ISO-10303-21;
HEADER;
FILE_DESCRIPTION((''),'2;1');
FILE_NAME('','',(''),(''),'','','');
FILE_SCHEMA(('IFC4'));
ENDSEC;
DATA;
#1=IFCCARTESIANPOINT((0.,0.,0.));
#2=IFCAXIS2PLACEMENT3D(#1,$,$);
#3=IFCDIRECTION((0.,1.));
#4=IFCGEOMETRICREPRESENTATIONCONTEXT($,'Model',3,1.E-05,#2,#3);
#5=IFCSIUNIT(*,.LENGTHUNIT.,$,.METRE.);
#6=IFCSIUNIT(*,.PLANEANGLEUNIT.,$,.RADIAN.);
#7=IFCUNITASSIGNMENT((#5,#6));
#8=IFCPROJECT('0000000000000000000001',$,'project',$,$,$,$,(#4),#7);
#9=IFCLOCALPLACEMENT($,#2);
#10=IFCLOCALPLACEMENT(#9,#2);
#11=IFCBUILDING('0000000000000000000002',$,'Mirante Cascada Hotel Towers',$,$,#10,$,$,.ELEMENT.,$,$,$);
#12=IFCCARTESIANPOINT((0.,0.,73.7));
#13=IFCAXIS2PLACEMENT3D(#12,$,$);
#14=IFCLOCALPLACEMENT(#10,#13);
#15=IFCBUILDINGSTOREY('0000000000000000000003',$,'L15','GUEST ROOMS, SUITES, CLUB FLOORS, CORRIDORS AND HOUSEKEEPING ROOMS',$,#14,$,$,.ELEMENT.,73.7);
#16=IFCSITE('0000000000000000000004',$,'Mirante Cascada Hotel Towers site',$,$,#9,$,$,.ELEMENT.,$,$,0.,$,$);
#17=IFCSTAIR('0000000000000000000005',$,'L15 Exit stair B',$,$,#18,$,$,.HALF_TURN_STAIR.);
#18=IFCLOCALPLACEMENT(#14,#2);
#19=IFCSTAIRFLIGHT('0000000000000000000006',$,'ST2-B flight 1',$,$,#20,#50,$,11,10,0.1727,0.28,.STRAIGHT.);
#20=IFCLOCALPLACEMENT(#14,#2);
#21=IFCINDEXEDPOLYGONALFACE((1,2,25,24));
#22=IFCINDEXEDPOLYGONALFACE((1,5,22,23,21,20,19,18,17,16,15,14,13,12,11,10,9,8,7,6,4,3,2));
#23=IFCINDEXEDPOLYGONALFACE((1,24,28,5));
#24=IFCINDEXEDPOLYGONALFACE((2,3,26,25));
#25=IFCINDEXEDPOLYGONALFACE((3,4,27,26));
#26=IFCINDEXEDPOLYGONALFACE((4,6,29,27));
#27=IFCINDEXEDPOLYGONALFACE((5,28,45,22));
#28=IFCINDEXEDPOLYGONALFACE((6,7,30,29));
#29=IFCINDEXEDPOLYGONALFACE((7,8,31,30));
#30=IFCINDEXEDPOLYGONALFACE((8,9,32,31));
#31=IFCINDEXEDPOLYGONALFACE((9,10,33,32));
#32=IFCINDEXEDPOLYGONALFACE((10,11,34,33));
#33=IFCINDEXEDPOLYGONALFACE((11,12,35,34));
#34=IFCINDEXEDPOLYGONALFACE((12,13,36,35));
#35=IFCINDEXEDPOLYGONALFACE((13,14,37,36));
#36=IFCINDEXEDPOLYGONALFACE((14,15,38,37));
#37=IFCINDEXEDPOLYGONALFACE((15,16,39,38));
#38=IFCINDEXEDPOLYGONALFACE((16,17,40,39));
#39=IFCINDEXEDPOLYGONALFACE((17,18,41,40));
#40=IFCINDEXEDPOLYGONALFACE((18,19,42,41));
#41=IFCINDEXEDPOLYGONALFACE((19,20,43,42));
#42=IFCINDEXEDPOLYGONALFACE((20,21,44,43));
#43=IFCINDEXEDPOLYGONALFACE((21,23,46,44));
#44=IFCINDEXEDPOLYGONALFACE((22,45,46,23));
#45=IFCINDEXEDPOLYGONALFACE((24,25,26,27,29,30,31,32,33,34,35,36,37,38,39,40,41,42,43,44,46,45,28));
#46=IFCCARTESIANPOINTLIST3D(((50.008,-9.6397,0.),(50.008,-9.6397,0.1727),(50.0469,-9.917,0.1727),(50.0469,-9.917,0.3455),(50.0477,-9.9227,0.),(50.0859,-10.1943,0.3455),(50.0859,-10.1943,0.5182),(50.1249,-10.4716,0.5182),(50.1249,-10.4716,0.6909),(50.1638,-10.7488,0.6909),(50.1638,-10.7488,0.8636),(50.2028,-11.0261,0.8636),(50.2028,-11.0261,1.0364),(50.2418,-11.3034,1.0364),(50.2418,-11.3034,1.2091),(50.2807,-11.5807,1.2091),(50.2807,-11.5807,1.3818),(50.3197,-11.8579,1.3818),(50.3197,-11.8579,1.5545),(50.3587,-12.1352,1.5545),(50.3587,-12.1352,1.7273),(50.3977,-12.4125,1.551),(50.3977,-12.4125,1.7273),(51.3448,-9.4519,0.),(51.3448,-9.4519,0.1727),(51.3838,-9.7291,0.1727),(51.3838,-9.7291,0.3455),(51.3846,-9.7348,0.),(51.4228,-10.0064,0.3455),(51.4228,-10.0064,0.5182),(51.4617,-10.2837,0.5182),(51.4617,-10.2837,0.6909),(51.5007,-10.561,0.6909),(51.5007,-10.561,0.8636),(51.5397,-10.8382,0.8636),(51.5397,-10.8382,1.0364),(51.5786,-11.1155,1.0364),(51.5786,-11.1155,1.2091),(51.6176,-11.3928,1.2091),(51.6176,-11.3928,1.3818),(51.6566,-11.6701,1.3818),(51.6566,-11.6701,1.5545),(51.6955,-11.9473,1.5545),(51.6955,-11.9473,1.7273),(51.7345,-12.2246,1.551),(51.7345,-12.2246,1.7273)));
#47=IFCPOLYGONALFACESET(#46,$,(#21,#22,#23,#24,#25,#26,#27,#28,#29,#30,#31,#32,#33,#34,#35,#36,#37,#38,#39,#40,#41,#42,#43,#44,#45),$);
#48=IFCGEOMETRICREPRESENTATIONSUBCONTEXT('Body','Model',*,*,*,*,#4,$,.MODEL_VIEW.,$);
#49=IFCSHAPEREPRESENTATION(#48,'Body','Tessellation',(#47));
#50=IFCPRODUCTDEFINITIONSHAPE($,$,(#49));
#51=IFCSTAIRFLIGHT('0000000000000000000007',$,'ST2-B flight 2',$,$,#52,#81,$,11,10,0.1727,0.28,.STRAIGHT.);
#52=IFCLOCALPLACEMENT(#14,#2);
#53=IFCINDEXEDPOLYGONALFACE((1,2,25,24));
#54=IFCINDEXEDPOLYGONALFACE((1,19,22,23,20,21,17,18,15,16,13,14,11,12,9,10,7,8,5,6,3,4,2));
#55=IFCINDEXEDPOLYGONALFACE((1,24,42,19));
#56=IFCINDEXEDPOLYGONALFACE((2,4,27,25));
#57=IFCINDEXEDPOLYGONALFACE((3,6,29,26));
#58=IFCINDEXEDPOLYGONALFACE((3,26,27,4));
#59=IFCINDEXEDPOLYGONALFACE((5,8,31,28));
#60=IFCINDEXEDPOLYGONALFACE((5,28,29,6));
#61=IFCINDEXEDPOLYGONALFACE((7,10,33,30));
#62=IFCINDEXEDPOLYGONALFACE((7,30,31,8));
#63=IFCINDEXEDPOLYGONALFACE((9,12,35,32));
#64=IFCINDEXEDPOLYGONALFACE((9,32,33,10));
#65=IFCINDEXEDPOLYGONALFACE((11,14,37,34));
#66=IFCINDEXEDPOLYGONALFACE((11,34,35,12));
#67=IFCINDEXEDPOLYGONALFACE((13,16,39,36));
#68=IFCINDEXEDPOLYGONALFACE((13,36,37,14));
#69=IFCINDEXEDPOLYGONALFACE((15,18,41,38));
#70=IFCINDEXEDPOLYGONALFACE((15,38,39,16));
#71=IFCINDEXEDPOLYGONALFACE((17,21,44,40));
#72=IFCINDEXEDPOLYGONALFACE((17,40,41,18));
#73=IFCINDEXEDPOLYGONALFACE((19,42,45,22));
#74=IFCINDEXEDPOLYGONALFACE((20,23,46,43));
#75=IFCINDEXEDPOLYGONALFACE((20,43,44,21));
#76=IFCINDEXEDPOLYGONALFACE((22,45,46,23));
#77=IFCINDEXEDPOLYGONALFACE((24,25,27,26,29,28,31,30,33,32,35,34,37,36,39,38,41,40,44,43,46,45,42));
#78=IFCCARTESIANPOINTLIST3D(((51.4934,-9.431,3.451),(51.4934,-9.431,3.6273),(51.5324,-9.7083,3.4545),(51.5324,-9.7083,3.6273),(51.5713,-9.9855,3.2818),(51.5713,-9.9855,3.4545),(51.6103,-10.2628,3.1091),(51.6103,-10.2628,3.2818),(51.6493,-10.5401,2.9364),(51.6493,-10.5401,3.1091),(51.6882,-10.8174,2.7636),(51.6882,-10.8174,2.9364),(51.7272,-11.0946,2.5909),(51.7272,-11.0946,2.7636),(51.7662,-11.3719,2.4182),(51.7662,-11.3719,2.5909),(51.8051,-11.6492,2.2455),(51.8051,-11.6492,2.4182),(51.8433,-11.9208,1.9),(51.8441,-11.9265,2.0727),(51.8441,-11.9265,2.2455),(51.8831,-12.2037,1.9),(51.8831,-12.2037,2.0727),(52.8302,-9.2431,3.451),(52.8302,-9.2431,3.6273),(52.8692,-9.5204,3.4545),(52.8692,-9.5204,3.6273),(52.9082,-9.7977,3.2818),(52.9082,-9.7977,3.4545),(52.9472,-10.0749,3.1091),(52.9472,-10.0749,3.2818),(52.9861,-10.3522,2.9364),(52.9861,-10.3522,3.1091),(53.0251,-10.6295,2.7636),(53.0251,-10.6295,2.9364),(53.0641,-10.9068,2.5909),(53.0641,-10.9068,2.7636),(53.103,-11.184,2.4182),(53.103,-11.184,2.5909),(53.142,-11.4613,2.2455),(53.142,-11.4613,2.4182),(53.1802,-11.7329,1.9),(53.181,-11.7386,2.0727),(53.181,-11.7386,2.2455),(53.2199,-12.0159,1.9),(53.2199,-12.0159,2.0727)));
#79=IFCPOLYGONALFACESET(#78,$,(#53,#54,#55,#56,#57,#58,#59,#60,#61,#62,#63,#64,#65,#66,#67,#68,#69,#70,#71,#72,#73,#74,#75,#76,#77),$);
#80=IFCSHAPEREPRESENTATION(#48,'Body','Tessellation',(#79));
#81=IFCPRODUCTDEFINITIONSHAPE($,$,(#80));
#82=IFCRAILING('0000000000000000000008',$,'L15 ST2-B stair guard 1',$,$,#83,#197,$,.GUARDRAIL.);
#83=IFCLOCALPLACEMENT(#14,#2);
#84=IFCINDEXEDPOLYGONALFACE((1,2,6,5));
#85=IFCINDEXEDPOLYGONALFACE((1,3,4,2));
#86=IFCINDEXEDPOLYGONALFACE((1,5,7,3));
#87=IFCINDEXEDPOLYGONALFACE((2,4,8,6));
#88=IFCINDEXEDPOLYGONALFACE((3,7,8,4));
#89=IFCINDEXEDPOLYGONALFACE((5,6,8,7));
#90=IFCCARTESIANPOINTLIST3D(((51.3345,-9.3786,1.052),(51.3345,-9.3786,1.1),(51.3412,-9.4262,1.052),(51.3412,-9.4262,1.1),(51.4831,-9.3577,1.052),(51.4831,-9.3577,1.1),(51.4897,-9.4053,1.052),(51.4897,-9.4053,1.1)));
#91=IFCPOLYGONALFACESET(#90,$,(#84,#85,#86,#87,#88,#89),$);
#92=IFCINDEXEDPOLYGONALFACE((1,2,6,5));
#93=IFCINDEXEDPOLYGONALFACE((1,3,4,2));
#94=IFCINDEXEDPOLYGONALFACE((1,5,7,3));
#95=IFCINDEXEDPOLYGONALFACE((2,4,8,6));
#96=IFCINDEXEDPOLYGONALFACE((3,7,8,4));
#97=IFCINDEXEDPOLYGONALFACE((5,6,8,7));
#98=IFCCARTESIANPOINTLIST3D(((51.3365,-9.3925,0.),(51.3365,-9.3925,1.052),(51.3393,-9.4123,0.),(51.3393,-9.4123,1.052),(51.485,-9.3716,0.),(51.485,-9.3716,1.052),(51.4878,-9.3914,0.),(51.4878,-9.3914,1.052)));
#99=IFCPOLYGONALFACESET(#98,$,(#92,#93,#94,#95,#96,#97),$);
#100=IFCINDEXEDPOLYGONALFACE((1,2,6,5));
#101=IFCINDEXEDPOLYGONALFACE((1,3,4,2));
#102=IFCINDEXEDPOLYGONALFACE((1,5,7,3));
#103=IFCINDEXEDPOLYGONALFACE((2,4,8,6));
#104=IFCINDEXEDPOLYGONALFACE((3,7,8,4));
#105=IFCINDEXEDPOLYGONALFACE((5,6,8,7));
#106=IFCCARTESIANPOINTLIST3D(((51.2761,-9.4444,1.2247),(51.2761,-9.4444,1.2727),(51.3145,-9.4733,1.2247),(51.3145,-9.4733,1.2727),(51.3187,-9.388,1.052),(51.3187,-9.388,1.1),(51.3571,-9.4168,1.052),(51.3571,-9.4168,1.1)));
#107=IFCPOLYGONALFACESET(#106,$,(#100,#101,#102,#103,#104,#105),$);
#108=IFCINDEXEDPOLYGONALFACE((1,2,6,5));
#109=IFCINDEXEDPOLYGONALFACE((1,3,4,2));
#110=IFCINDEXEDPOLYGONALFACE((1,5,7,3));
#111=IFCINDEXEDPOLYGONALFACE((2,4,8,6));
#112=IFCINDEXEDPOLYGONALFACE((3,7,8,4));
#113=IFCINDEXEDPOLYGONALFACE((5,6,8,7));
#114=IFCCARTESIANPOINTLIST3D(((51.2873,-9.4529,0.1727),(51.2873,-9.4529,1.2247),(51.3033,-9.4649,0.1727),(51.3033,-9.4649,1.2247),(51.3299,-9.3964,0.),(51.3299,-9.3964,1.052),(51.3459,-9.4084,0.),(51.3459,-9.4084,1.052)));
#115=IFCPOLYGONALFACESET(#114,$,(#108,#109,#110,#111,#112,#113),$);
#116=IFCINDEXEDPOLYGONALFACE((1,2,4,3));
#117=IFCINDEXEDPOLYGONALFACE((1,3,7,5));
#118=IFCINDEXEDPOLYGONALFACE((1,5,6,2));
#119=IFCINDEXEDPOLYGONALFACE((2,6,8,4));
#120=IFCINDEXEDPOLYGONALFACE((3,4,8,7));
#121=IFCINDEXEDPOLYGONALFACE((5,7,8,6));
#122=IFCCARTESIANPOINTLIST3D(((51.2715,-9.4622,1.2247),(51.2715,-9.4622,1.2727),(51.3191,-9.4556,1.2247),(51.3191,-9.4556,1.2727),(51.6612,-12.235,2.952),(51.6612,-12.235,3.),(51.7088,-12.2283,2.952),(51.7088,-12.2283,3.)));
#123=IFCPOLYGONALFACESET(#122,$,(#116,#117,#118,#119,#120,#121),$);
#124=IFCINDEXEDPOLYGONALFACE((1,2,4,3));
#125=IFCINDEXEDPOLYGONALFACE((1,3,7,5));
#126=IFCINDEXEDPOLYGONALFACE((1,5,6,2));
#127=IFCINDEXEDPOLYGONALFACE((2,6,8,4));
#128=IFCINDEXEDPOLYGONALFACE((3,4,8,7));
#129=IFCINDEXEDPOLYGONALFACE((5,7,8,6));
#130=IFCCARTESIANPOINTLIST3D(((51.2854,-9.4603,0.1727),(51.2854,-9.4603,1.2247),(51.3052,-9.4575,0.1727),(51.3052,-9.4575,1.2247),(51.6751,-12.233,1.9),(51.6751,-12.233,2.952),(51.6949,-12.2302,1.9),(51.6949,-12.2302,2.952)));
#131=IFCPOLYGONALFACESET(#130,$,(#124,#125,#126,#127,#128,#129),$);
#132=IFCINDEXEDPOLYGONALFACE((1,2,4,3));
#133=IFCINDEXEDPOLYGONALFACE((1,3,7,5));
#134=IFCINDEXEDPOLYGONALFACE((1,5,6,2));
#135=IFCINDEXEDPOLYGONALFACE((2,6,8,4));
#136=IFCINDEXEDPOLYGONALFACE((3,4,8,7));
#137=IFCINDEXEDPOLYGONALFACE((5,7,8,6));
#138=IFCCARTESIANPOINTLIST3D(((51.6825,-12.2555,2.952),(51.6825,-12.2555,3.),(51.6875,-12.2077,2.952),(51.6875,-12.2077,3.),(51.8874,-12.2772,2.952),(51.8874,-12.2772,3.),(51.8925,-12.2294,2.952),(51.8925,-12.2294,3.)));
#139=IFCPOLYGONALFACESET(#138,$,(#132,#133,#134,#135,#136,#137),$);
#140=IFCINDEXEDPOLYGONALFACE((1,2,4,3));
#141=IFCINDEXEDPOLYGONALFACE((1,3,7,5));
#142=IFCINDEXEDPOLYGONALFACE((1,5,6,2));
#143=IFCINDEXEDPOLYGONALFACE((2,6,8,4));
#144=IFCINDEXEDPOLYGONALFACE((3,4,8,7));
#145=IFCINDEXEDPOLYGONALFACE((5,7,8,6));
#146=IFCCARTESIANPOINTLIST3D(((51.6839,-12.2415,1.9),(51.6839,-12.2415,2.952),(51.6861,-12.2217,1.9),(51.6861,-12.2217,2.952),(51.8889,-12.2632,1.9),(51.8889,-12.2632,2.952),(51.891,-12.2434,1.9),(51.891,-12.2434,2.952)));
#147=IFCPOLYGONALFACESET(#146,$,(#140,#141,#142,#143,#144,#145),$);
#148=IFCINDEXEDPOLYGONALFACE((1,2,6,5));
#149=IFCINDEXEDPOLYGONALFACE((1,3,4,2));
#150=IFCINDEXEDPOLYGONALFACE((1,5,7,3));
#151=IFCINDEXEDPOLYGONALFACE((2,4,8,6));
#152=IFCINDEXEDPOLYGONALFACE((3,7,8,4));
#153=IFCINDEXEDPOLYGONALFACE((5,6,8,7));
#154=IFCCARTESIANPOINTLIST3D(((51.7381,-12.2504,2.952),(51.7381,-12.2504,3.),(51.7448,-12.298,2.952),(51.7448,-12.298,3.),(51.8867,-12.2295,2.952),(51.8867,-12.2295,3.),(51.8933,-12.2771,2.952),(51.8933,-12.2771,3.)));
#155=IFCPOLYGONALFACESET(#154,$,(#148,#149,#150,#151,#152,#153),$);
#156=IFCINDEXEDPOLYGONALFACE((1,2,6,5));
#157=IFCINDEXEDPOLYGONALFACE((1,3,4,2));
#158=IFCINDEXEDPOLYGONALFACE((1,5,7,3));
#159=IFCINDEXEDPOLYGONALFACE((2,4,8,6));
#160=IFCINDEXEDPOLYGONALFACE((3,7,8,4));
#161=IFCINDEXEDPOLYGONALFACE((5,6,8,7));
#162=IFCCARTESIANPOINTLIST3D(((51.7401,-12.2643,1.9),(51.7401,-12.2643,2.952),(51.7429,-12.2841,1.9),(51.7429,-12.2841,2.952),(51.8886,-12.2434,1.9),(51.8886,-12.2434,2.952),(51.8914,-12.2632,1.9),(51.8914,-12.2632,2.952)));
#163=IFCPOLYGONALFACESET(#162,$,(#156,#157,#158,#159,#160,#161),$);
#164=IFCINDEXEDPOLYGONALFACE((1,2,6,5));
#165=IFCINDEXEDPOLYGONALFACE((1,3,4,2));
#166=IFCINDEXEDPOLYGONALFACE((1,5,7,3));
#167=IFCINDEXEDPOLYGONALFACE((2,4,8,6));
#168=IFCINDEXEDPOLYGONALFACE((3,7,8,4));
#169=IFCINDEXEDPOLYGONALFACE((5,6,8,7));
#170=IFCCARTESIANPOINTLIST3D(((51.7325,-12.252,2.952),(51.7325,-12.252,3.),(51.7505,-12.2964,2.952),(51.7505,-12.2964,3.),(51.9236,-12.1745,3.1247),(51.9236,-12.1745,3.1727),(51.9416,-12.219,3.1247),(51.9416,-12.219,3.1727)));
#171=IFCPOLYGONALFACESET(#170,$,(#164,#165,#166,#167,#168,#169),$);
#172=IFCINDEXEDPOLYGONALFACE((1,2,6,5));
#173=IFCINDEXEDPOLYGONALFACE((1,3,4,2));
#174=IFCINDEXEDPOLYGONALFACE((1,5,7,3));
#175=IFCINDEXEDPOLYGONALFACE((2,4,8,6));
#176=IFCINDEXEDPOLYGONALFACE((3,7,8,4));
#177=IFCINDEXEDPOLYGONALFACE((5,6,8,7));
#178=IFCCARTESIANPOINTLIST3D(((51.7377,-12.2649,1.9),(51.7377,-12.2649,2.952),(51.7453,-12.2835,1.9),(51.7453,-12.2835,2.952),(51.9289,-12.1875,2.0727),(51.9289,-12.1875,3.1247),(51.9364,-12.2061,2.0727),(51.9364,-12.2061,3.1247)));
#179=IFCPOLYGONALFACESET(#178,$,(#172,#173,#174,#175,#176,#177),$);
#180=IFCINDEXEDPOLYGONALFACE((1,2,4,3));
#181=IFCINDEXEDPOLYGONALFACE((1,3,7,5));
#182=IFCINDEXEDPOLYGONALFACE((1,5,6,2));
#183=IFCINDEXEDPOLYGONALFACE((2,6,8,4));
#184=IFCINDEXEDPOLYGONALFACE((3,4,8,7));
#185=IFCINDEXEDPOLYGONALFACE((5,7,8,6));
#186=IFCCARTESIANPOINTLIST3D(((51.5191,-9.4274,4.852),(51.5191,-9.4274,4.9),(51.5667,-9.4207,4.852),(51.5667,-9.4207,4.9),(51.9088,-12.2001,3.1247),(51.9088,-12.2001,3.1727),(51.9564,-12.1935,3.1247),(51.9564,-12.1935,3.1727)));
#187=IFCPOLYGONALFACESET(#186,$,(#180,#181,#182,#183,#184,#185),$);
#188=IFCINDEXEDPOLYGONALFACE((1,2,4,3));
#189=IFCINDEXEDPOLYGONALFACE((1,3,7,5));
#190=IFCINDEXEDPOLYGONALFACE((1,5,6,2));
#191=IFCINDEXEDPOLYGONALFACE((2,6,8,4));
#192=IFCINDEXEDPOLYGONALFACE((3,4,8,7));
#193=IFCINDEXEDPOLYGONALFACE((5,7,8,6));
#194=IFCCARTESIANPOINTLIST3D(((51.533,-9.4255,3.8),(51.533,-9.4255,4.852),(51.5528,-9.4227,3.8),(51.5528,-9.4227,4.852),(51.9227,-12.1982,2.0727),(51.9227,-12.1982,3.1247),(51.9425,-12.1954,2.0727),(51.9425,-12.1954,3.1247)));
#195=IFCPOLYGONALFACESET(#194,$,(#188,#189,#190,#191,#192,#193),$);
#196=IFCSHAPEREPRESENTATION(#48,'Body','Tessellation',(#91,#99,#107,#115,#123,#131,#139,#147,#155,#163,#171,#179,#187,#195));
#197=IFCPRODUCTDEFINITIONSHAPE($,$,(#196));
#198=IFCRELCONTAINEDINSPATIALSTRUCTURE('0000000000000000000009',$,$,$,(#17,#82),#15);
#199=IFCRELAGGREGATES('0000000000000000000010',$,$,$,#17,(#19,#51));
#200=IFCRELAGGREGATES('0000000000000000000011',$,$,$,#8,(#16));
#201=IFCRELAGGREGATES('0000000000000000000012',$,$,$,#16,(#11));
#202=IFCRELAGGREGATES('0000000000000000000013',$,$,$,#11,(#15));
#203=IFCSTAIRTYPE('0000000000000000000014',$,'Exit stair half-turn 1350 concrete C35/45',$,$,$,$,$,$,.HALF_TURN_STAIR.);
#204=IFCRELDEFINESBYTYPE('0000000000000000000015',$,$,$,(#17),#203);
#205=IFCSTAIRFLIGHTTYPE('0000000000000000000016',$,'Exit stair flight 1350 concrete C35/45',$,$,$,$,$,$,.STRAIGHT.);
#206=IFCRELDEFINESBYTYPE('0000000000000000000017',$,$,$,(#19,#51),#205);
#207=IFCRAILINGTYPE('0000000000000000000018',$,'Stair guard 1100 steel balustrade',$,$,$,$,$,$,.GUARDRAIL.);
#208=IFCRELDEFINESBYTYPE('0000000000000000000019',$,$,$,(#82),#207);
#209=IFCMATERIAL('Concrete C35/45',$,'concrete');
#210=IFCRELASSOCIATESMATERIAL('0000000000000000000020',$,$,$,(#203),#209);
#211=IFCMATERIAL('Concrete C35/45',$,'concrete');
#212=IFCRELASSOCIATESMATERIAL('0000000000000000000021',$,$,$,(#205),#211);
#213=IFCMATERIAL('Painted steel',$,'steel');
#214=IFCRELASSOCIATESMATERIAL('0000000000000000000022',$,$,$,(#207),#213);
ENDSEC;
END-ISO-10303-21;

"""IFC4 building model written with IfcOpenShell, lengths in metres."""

from ifc_helpers import new_model, si_unit, direction, frame, origin, origin_2d, place, context, subcontext, project, spatial, polyline, rectangle, outline, extrude, material, type_object, element, aggregate, save


model = new_model("IFC4")

# Units and contexts
model_context = context("Model", 3, precision=1e-05, world=origin(), true_north=direction((0.0, 1.0)))
body_context = subcontext(model_context, "Body", "Model", "MODEL_VIEW")
ifc_project = project(units=[si_unit("LENGTHUNIT", "METRE"), si_unit("PLANEANGLEUNIT", "RADIAN")], contexts=[model_context])

# Site, building, storey
site_placement = place(None, origin())
site = spatial("IfcSite", under=ifc_project, at=site_placement, Name="Mirante Cascada Hotel Towers site", CompositionType="ELEMENT", RefElevation=0.0)
building_placement = place(site_placement, origin())
building = spatial("IfcBuilding", under=site, at=building_placement, Name="Mirante Cascada Hotel Towers", CompositionType="ELEMENT")
storey_placement = place(building_placement, frame((0.0, 0.0, 73.7)))
storey = spatial("IfcBuildingStorey", under=building, at=storey_placement, Name="L15", Description="GUEST ROOMS, SUITES, CLUB FLOORS, CORRIDORS AND HOUSEKEEPING ROOMS", CompositionType="ELEMENT", Elevation=73.7)

# Stair, stair flights
ifc_material_1 = material(Name="Concrete C35/45", Category="concrete")
stair_type = type_object("IfcStairType", Name="Exit stair half-turn 1350 concrete C35/45", PredefinedType="HALF_TURN_STAIR", material=ifc_material_1)
stair_placement = place(storey_placement, origin())
stair = element("IfcStair", 1, at=stair_placement, inside=storey, type_object=stair_type, Name="L15 Exit stair B", PredefinedType="HALF_TURN_STAIR")
ifc_material_2 = material(Name="Concrete C35/45", Category="concrete")
stair_flight_type = type_object("IfcStairFlightType", Name="Exit stair flight 1350 concrete C35/45", PredefinedType="STRAIGHT", material=ifc_material_2)
stair_flight_1_placement = place(storey_placement, frame((50.6764, -9.5458, 0.0), z_axis=(0.0, 0.0, 1.0), x_axis=(0.139173, -0.990268, 0.0)))
stair_flight_1 = element("IfcStairFlight", 2, at=stair_flight_1_placement, type_object=stair_flight_type, Name="ST2-B flight 1", NumberOfRisers=11, NumberOfTreads=10, PredefinedType="STRAIGHT", RiserHeight=0.1727, TreadLength=0.28, context=body_context, shape_type="SweptSolid", body=[
    extrude(outline(polyline([(0.0, 0.0), (0.0, 0.1727), (0.28, 0.1727), (0.28, 0.3455), (0.56, 0.3455), (0.56, 0.5182), (0.84, 0.5182), (0.84, 0.6909), (1.12, 0.6909), (1.12, 0.8636), (1.4, 0.8636), (1.4, 1.0364), (1.68, 1.0364), (1.68, 1.2091), (1.96, 1.2091), (1.96, 1.3818), (2.24, 1.3818), (2.24, 1.5545), (2.52, 1.5545), (2.52, 1.7273), (2.8, 1.7273), (2.8, 1.9), (2.8, 1.551), (0.2857, 0.0), (0.0, 0.0)])), frame((0.0, 0.675, 0.0), z_axis=(0.0, -1.0, 0.0), x_axis=(1.0, 0.0, 0.0)), (0.0, 0.0, 1.0), 1.35),
])
stair_flight_2_placement = place(storey_placement, frame((52.5515, -12.1098, 1.9), z_axis=(0.0, 0.0, 1.0), x_axis=(-0.139173, 0.990268, 0.0)))
stair_flight_2 = element("IfcStairFlight", 3, at=stair_flight_2_placement, type_object=stair_flight_type, Name="ST2-B flight 2", NumberOfRisers=11, NumberOfTreads=10, PredefinedType="STRAIGHT", RiserHeight=0.1727, TreadLength=0.28, context=body_context, shape_type="SweptSolid", body=[
    extrude(outline(polyline([(0.0, 0.0), (0.0, 0.1727), (0.28, 0.1727), (0.28, 0.3455), (0.56, 0.3455), (0.56, 0.5182), (0.84, 0.5182), (0.84, 0.6909), (1.12, 0.6909), (1.12, 0.8636), (1.4, 0.8636), (1.4, 1.0364), (1.68, 1.0364), (1.68, 1.2091), (1.96, 1.2091), (1.96, 1.3818), (2.24, 1.3818), (2.24, 1.5545), (2.52, 1.5545), (2.52, 1.7273), (2.8, 1.7273), (2.8, 1.9), (2.8, 1.551), (0.2857, 0.0), (0.0, 0.0)])), frame((0.0, 0.675, 0.0), z_axis=(0.0, -1.0, 0.0), x_axis=(1.0, 0.0, 0.0)), (0.0, 0.0, 1.0), 1.35),
])
aggregate(stair, [stair_flight_1, stair_flight_2])

# Railing
ifc_material_3 = material(Name="Painted steel", Category="steel")
railing_type_1 = type_object("IfcRailingType", Name="Stair guard 1100 steel balustrade", PredefinedType="GUARDRAIL", material=ifc_material_3)
railing_1_placement = place(storey_placement, frame((51.4864, -9.3815, 0.0)))
element("IfcRailing", 4, at=railing_1_placement, inside=storey, type_object=railing_type_1, Name="L15 ST2-B stair guard 1", PredefinedType="GUARDRAIL", context=body_context, shape_type="SweptSolid", body=[
    extrude(rectangle(XDim=0.048, YDim=0.048, at=origin_2d()), frame((0.0, 0.0, 1.076), z_axis=(-0.990241, -0.139367, 0.0), x_axis=(0.139367, -0.990241, 0.0)), (0.0, 0.0, 1.0), 0.15),
    extrude(rectangle(XDim=0.02, YDim=1.052, at=origin_2d()), frame((0.0, 0.0, 0.526), z_axis=(-0.990241, -0.139367, 0.0), x_axis=(0.139367, -0.990241, 0.0)), (0.0, 0.0, 1.0), 0.15),
    extrude(rectangle(XDim=0.048, YDim=0.048, at=origin_2d()), frame((-0.1485, -0.0209, 1.076), z_axis=(-0.602033, -0.798471, 0.0), x_axis=(0.798471, -0.602033, 0.0)), (0.0, 0.92534, 0.379139), 0.1866),
    extrude(rectangle(XDim=0.02, YDim=1.052, at=origin_2d()), frame((-0.1485, -0.0209, 0.526), z_axis=(-0.602033, -0.798471, 0.0), x_axis=(0.798471, -0.602033, 0.0)), (0.0, 0.92534, 0.379139), 0.1866),
    extrude(rectangle(XDim=0.048, YDim=0.048, at=origin_2d()), frame((-0.1911, -0.0774, 1.2487), z_axis=(0.139181, -0.990267, 0.0), x_axis=(0.990267, 0.139181, 0.0)), (0.0, 0.525035, 0.851081), 3.2899),
    extrude(rectangle(XDim=0.02, YDim=1.052, at=origin_2d()), frame((-0.1911, -0.0774, 0.6987), z_axis=(0.139181, -0.990267, 0.0), x_axis=(0.990267, 0.139181, 0.0)), (0.0, 0.525035, 0.851081), 3.2899),
    extrude(rectangle(XDim=0.048, YDim=0.048, at=origin_2d()), frame((0.1986, -2.8501, 2.976), z_axis=(0.994444, -0.105266, 0.0), x_axis=(0.105266, 0.994444, 0.0)), (0.0, 0.0, 1.0), 0.2061),
    extrude(rectangle(XDim=0.02, YDim=1.052, at=origin_2d()), frame((0.1986, -2.8501, 2.426), z_axis=(0.994444, -0.105266, 0.0), x_axis=(0.105266, 0.994444, 0.0)), (0.0, 0.0, 1.0), 0.2061),
    extrude(rectangle(XDim=0.048, YDim=0.048, at=origin_2d()), frame((0.4036, -2.8718, 2.976), z_axis=(-0.990241, -0.139367, 0.0), x_axis=(0.139367, -0.990241, 0.0)), (0.0, 0.0, 1.0), 0.15),
    extrude(rectangle(XDim=0.02, YDim=1.052, at=origin_2d()), frame((0.4036, -2.8718, 2.426), z_axis=(-0.990241, -0.139367, 0.0), x_axis=(0.139367, -0.990241, 0.0)), (0.0, 0.0, 1.0), 0.15),
    extrude(rectangle(XDim=0.048, YDim=0.048, at=origin_2d()), frame((0.2551, -2.8927, 2.976), z_axis=(0.926862, 0.375401, 0.0), x_axis=(-0.375401, 0.926862, 0.0)), (0.0, 0.642122, 0.766603), 0.269),
    extrude(rectangle(XDim=0.02, YDim=1.052, at=origin_2d()), frame((0.2551, -2.8927, 2.426), z_axis=(0.926862, 0.375401, 0.0), x_axis=(-0.375401, 0.926862, 0.0)), (0.0, 0.642122, 0.766603), 0.269),
    extrude(rectangle(XDim=0.048, YDim=0.048, at=origin_2d()), frame((0.4462, -2.8153, 3.1487), z_axis=(-0.139181, 0.990267, 0.0), x_axis=(-0.990267, -0.139181, 0.0)), (0.0, 0.525035, 0.851081), 3.2899),
    extrude(rectangle(XDim=0.02, YDim=1.052, at=origin_2d()), frame((0.4462, -2.8153, 2.5987), z_axis=(-0.139181, 0.990267, 0.0), x_axis=(-0.990267, -0.139181, 0.0)), (0.0, 0.525035, 0.851081), 3.2899),
])

save(model, "model.ifc")
